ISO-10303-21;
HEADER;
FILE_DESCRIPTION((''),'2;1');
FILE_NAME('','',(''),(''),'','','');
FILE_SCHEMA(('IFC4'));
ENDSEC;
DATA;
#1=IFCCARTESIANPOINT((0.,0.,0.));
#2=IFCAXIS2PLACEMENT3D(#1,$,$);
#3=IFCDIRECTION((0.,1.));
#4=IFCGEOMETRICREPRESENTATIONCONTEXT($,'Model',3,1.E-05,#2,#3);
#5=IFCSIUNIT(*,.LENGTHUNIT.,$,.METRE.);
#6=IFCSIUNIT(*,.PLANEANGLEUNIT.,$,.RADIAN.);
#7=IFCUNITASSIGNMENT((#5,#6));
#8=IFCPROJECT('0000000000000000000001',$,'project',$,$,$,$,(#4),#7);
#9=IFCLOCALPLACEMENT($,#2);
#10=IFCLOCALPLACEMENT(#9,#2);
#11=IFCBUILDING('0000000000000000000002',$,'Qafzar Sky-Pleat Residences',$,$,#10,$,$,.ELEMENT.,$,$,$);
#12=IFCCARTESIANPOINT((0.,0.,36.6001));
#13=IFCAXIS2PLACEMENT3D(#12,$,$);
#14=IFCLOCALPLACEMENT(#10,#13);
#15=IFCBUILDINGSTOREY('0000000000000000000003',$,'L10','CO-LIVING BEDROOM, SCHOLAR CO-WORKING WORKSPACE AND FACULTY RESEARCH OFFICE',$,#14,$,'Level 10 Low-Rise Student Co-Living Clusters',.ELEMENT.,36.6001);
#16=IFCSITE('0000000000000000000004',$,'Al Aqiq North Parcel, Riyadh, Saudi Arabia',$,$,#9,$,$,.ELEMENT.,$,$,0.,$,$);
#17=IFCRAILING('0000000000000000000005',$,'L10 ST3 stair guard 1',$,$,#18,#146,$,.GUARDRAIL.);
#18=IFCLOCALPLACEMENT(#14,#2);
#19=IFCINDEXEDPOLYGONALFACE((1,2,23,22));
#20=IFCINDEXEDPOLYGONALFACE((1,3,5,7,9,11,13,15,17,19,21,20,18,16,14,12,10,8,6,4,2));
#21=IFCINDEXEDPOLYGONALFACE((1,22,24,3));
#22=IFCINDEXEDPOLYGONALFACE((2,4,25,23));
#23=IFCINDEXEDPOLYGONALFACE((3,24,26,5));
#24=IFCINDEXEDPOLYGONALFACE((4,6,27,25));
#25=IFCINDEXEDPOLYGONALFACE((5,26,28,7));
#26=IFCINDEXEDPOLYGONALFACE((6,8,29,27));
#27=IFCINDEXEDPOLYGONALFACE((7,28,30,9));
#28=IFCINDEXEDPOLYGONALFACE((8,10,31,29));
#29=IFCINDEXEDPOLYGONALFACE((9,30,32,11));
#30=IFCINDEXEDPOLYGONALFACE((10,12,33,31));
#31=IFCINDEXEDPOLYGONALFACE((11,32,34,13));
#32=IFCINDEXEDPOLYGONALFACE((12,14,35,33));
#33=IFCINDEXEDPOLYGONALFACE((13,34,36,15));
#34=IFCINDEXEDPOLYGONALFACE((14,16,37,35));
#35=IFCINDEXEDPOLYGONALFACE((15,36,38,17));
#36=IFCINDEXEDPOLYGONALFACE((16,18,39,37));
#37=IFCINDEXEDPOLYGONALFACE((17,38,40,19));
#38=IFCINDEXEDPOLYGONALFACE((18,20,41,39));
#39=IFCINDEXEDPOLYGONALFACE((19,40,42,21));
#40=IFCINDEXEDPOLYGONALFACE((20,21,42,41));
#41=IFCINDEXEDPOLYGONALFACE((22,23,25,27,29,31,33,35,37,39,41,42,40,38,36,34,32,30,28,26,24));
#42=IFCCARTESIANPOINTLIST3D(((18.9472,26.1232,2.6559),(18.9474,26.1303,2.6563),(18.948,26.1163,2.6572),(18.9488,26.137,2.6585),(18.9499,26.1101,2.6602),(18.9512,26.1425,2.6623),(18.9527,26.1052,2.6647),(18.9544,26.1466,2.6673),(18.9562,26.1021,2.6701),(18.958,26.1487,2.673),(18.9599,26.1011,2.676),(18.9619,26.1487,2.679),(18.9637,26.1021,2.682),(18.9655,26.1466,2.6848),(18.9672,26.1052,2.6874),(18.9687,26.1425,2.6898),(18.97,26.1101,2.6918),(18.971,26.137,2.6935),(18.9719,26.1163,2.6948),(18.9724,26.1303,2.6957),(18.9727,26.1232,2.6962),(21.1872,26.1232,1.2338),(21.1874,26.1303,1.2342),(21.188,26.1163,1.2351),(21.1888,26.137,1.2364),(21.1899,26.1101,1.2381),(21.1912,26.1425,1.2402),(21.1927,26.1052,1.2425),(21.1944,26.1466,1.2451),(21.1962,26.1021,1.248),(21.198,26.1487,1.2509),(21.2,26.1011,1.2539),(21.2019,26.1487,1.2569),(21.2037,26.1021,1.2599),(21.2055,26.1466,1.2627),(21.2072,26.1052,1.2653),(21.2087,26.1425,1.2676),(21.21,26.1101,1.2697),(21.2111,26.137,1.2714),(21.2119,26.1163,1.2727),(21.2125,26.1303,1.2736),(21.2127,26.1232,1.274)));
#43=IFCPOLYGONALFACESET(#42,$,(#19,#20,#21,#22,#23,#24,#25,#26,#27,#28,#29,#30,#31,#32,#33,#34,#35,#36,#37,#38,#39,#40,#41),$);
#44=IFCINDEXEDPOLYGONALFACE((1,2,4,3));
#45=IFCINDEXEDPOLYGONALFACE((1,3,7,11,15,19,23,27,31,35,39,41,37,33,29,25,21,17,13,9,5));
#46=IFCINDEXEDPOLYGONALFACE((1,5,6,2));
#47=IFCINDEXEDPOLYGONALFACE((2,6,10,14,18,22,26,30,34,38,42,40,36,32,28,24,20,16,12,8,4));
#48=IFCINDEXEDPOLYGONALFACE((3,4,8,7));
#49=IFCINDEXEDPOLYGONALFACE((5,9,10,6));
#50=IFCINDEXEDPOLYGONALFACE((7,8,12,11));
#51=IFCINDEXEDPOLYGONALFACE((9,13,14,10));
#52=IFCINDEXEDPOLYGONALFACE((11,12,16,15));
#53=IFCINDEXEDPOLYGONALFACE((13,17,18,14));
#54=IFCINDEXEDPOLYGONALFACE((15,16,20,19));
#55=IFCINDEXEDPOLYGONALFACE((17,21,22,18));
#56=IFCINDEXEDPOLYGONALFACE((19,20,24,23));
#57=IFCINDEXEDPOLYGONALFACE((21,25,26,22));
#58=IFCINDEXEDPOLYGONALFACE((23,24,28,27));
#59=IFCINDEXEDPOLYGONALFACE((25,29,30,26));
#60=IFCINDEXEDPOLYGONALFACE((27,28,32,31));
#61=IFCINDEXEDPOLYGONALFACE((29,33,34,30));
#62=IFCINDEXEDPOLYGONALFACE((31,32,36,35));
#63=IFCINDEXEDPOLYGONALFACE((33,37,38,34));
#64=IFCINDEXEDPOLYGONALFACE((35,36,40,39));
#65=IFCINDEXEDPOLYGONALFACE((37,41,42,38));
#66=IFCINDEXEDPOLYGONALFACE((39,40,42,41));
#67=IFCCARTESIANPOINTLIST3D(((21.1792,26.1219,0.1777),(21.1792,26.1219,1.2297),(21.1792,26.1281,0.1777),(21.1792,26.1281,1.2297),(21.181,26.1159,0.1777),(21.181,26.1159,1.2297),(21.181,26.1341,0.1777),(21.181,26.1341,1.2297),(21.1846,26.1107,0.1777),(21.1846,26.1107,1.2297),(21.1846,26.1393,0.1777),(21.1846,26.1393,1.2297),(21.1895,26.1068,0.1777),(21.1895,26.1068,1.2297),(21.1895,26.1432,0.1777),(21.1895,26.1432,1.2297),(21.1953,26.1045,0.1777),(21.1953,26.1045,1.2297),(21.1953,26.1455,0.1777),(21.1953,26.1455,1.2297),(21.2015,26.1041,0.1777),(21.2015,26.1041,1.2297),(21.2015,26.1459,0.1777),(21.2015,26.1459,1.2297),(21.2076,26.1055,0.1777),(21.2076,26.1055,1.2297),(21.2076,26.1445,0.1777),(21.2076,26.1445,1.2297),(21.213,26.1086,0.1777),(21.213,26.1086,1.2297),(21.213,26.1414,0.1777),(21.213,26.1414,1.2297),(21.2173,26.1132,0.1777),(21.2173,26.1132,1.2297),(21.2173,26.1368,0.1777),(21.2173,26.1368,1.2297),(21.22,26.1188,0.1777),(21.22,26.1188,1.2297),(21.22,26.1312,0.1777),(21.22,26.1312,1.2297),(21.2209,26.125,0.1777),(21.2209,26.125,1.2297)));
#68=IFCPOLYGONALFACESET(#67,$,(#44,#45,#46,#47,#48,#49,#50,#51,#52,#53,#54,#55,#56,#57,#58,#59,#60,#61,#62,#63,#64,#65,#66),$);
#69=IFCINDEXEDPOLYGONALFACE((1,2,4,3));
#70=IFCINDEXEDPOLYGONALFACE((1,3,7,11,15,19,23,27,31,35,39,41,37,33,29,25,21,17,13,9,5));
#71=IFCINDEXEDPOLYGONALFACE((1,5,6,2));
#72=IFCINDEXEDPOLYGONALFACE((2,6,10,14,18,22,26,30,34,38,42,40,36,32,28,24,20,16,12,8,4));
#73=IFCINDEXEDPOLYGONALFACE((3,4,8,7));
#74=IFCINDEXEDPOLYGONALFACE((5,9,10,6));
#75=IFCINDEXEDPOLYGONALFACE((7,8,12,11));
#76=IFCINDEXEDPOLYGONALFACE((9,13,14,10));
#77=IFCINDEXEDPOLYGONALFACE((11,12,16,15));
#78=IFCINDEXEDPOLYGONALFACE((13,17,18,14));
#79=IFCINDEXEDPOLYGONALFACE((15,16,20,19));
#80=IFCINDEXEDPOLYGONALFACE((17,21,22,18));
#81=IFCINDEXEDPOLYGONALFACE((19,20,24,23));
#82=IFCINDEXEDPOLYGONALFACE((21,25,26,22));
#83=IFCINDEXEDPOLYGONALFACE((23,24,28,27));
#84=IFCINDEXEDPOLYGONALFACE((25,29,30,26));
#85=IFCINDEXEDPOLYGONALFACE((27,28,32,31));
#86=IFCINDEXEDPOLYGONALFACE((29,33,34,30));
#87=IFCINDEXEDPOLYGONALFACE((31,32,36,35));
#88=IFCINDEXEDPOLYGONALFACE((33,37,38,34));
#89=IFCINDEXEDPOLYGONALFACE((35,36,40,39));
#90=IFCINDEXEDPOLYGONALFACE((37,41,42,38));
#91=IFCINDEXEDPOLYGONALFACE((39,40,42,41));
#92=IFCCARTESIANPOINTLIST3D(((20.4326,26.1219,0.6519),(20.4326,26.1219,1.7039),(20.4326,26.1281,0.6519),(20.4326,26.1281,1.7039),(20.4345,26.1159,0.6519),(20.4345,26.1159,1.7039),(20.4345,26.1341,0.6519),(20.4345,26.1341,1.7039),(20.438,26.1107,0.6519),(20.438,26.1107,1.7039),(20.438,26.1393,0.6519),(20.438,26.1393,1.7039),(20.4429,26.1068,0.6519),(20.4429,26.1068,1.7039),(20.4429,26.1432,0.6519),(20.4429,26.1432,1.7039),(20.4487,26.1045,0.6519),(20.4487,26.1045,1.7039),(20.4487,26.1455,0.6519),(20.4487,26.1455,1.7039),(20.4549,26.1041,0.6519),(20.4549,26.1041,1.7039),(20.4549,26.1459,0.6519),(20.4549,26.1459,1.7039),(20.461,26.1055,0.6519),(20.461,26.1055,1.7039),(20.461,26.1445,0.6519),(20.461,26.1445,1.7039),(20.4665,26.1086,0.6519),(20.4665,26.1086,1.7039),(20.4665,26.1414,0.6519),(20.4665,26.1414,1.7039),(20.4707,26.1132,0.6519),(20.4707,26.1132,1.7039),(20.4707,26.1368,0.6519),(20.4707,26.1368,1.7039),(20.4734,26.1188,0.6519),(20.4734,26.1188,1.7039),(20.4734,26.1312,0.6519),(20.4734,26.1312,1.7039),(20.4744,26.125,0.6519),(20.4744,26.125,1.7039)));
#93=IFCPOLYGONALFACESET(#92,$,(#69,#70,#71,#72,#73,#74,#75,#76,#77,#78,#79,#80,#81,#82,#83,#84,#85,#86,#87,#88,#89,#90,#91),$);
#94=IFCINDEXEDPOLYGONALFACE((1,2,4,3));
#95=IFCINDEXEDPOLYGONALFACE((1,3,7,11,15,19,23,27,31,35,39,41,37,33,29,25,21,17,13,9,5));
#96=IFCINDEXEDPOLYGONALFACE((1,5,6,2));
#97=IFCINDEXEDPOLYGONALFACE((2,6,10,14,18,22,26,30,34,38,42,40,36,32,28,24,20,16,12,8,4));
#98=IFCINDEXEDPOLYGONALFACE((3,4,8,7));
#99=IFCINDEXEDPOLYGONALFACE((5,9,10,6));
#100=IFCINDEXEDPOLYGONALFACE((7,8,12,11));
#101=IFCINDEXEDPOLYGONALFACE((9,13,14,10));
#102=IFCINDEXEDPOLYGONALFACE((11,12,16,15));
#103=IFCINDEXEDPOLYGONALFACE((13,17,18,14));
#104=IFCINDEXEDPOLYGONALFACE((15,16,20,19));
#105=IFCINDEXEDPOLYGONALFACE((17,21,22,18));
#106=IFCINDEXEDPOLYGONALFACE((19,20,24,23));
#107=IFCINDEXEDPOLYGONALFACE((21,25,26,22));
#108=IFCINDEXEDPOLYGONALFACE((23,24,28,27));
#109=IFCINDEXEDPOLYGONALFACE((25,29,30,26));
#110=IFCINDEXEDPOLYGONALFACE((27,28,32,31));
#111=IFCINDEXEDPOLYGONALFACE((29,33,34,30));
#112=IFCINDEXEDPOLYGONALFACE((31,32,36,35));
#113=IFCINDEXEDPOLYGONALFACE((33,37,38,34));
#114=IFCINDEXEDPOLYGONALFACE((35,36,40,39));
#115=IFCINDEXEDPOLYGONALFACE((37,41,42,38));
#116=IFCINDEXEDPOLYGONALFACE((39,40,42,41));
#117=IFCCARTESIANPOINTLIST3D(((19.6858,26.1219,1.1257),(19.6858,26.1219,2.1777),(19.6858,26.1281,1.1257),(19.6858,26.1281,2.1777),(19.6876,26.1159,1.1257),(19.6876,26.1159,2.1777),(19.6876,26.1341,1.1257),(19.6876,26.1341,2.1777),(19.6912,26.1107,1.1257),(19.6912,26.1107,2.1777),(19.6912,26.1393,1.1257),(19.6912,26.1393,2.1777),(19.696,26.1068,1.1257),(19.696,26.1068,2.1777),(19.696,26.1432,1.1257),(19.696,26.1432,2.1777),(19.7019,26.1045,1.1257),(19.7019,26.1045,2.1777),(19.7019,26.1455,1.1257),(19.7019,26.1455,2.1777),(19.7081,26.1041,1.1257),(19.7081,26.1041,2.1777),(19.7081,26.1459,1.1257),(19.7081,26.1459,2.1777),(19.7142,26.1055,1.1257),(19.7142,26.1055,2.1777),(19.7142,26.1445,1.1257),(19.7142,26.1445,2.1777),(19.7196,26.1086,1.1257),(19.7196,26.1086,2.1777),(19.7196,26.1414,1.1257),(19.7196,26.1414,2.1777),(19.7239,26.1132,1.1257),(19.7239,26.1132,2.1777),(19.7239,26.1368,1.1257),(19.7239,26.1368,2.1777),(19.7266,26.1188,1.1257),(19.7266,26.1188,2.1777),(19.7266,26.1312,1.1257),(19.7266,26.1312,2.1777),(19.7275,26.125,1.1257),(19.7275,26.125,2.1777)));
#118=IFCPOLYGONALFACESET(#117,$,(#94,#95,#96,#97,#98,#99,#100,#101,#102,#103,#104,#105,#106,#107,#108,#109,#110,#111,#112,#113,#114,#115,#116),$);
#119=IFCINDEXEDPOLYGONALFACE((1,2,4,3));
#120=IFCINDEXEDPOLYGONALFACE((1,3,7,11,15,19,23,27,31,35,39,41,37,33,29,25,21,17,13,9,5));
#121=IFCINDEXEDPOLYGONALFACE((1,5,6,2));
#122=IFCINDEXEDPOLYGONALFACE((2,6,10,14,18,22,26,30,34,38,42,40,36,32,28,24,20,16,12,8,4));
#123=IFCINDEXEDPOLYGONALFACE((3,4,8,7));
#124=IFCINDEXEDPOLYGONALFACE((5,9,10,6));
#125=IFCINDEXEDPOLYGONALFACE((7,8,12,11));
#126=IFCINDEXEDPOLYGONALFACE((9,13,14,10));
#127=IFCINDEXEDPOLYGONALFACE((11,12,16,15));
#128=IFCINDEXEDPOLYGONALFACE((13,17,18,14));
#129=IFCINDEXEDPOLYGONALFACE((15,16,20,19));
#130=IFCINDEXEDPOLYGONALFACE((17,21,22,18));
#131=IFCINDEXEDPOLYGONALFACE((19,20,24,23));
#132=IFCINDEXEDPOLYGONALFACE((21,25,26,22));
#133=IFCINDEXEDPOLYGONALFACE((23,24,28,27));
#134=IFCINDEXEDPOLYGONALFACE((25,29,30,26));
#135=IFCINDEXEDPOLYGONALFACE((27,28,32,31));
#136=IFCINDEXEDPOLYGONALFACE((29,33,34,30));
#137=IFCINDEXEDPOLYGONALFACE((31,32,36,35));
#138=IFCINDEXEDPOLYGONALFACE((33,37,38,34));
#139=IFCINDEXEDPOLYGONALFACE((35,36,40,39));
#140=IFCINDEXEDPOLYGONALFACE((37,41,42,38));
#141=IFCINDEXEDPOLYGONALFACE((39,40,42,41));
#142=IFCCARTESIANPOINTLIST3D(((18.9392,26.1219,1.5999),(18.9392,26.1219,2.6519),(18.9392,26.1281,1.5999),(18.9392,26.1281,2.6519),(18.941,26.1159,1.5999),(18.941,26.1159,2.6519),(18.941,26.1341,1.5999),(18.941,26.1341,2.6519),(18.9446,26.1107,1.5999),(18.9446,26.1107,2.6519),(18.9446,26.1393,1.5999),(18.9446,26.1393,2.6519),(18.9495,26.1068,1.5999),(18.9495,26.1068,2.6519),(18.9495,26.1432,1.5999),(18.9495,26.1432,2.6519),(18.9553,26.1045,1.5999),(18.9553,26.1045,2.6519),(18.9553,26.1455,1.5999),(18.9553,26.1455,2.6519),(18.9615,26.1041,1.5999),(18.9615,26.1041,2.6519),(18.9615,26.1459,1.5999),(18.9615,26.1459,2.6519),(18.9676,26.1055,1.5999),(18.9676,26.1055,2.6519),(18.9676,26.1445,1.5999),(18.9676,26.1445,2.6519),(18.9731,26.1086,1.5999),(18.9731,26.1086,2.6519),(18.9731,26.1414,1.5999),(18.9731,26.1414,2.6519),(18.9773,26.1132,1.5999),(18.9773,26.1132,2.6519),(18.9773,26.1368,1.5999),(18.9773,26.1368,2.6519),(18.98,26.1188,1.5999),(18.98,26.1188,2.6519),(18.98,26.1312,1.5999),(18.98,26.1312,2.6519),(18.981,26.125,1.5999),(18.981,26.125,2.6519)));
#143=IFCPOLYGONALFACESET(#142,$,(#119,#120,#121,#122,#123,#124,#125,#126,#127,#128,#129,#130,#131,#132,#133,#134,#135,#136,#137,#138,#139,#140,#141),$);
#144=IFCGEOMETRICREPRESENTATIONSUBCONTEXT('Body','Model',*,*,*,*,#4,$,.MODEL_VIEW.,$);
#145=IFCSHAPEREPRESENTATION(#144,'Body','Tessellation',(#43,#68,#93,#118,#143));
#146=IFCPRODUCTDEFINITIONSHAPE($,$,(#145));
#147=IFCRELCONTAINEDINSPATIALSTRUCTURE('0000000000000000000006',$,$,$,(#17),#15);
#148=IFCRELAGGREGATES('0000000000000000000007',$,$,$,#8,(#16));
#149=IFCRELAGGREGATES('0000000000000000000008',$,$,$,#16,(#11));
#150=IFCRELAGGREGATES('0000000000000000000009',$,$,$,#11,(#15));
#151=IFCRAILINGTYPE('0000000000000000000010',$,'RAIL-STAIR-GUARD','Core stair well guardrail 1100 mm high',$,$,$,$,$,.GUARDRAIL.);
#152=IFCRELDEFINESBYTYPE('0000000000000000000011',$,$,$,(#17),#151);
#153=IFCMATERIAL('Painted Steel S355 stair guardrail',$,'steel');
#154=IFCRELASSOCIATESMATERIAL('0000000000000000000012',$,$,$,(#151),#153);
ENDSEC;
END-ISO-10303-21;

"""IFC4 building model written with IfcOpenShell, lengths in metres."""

from ifc_helpers import new_model, si_unit, direction, frame, origin, origin_2d, place, context, subcontext, project, spatial, circle, extrude, source, transform, mapped, material, type_object, element, save


model = new_model("IFC4")

# Units and contexts
model_context = context("Model", 3, precision=1e-05, world=origin(), true_north=direction((0.0, 1.0)))
body_context = subcontext(model_context, "Body", "Model", "MODEL_VIEW")
ifc_project = project(units=[si_unit("LENGTHUNIT", "METRE"), si_unit("PLANEANGLEUNIT", "RADIAN")], contexts=[model_context])

# Site, building, storey
site_placement = place(None, origin())
site = spatial("IfcSite", under=ifc_project, at=site_placement, Name="Al Aqiq North Parcel, Riyadh, Saudi Arabia", CompositionType="ELEMENT", RefElevation=0.0)
building_placement = place(site_placement, origin())
building = spatial("IfcBuilding", under=site, at=building_placement, Name="Qafzar Sky-Pleat Residences", CompositionType="ELEMENT")
storey_placement = place(building_placement, frame((0.0, 0.0, 36.6001)))
storey = spatial("IfcBuildingStorey", under=building, at=storey_placement, Name="L10", Description="CO-LIVING BEDROOM, SCHOLAR CO-WORKING WORKSPACE AND FACULTY RESEARCH OFFICE", LongName="Level 10 Low-Rise Student Co-Living Clusters", CompositionType="ELEMENT", Elevation=36.6001)

# Railing
ifc_material_1 = material(Name="Painted Steel S355 stair guardrail", Category="steel")
railing_type = type_object("IfcRailingType", Name="RAIL-STAIR-GUARD", Description="Core stair well guardrail 1100 mm high", PredefinedType="GUARDRAIL", material=ifc_material_1)
shared_shape_1 = source(origin(), body_context, "Body", "SweptSolid", [
    extrude(circle(Radius=0.0239, at=origin_2d()), frame((0.0, 0.0, 1.0762), z_axis=(-0.844229, 0.0, 0.535982), x_axis=(0.0, -1.0, 0.0)), (0.0, 0.0, 1.0), 2.6533),
    extrude(circle(Radius=0.021, at=origin_2d()), origin(), (0.0, 0.0, 1.0), 1.052),
    extrude(circle(Radius=0.021, at=origin_2d()), frame((-0.7466, 0.0, 0.4741)), (0.0, 0.0, 1.0), 1.052),
    extrude(circle(Radius=0.021, at=origin_2d()), frame((-1.4934, 0.0, 0.948)), (0.0, 0.0, 1.0), 1.052),
    extrude(circle(Radius=0.021, at=origin_2d()), frame((-2.24, 0.0, 1.4221)), (0.0, 0.0, 1.0), 1.052),
])
railing_1_placement = place(storey_placement, frame((21.2, 26.125, 0.1777)))
element("IfcRailing", 1, at=railing_1_placement, inside=storey, type_object=railing_type, Name="L10 ST3 stair guard 1", PredefinedType="GUARDRAIL", context=body_context, shape_type="MappedRepresentation", body=[
    mapped(shared_shape_1, transform((0.0, 0.0, 0.0), x_axis=(1.0, 0.0, 0.0), y_axis=(0.0, 1.0, 0.0), z_axis=(0.0, 0.0, 1.0), scale=1.0)),
])

save(model, "model.ifc")
